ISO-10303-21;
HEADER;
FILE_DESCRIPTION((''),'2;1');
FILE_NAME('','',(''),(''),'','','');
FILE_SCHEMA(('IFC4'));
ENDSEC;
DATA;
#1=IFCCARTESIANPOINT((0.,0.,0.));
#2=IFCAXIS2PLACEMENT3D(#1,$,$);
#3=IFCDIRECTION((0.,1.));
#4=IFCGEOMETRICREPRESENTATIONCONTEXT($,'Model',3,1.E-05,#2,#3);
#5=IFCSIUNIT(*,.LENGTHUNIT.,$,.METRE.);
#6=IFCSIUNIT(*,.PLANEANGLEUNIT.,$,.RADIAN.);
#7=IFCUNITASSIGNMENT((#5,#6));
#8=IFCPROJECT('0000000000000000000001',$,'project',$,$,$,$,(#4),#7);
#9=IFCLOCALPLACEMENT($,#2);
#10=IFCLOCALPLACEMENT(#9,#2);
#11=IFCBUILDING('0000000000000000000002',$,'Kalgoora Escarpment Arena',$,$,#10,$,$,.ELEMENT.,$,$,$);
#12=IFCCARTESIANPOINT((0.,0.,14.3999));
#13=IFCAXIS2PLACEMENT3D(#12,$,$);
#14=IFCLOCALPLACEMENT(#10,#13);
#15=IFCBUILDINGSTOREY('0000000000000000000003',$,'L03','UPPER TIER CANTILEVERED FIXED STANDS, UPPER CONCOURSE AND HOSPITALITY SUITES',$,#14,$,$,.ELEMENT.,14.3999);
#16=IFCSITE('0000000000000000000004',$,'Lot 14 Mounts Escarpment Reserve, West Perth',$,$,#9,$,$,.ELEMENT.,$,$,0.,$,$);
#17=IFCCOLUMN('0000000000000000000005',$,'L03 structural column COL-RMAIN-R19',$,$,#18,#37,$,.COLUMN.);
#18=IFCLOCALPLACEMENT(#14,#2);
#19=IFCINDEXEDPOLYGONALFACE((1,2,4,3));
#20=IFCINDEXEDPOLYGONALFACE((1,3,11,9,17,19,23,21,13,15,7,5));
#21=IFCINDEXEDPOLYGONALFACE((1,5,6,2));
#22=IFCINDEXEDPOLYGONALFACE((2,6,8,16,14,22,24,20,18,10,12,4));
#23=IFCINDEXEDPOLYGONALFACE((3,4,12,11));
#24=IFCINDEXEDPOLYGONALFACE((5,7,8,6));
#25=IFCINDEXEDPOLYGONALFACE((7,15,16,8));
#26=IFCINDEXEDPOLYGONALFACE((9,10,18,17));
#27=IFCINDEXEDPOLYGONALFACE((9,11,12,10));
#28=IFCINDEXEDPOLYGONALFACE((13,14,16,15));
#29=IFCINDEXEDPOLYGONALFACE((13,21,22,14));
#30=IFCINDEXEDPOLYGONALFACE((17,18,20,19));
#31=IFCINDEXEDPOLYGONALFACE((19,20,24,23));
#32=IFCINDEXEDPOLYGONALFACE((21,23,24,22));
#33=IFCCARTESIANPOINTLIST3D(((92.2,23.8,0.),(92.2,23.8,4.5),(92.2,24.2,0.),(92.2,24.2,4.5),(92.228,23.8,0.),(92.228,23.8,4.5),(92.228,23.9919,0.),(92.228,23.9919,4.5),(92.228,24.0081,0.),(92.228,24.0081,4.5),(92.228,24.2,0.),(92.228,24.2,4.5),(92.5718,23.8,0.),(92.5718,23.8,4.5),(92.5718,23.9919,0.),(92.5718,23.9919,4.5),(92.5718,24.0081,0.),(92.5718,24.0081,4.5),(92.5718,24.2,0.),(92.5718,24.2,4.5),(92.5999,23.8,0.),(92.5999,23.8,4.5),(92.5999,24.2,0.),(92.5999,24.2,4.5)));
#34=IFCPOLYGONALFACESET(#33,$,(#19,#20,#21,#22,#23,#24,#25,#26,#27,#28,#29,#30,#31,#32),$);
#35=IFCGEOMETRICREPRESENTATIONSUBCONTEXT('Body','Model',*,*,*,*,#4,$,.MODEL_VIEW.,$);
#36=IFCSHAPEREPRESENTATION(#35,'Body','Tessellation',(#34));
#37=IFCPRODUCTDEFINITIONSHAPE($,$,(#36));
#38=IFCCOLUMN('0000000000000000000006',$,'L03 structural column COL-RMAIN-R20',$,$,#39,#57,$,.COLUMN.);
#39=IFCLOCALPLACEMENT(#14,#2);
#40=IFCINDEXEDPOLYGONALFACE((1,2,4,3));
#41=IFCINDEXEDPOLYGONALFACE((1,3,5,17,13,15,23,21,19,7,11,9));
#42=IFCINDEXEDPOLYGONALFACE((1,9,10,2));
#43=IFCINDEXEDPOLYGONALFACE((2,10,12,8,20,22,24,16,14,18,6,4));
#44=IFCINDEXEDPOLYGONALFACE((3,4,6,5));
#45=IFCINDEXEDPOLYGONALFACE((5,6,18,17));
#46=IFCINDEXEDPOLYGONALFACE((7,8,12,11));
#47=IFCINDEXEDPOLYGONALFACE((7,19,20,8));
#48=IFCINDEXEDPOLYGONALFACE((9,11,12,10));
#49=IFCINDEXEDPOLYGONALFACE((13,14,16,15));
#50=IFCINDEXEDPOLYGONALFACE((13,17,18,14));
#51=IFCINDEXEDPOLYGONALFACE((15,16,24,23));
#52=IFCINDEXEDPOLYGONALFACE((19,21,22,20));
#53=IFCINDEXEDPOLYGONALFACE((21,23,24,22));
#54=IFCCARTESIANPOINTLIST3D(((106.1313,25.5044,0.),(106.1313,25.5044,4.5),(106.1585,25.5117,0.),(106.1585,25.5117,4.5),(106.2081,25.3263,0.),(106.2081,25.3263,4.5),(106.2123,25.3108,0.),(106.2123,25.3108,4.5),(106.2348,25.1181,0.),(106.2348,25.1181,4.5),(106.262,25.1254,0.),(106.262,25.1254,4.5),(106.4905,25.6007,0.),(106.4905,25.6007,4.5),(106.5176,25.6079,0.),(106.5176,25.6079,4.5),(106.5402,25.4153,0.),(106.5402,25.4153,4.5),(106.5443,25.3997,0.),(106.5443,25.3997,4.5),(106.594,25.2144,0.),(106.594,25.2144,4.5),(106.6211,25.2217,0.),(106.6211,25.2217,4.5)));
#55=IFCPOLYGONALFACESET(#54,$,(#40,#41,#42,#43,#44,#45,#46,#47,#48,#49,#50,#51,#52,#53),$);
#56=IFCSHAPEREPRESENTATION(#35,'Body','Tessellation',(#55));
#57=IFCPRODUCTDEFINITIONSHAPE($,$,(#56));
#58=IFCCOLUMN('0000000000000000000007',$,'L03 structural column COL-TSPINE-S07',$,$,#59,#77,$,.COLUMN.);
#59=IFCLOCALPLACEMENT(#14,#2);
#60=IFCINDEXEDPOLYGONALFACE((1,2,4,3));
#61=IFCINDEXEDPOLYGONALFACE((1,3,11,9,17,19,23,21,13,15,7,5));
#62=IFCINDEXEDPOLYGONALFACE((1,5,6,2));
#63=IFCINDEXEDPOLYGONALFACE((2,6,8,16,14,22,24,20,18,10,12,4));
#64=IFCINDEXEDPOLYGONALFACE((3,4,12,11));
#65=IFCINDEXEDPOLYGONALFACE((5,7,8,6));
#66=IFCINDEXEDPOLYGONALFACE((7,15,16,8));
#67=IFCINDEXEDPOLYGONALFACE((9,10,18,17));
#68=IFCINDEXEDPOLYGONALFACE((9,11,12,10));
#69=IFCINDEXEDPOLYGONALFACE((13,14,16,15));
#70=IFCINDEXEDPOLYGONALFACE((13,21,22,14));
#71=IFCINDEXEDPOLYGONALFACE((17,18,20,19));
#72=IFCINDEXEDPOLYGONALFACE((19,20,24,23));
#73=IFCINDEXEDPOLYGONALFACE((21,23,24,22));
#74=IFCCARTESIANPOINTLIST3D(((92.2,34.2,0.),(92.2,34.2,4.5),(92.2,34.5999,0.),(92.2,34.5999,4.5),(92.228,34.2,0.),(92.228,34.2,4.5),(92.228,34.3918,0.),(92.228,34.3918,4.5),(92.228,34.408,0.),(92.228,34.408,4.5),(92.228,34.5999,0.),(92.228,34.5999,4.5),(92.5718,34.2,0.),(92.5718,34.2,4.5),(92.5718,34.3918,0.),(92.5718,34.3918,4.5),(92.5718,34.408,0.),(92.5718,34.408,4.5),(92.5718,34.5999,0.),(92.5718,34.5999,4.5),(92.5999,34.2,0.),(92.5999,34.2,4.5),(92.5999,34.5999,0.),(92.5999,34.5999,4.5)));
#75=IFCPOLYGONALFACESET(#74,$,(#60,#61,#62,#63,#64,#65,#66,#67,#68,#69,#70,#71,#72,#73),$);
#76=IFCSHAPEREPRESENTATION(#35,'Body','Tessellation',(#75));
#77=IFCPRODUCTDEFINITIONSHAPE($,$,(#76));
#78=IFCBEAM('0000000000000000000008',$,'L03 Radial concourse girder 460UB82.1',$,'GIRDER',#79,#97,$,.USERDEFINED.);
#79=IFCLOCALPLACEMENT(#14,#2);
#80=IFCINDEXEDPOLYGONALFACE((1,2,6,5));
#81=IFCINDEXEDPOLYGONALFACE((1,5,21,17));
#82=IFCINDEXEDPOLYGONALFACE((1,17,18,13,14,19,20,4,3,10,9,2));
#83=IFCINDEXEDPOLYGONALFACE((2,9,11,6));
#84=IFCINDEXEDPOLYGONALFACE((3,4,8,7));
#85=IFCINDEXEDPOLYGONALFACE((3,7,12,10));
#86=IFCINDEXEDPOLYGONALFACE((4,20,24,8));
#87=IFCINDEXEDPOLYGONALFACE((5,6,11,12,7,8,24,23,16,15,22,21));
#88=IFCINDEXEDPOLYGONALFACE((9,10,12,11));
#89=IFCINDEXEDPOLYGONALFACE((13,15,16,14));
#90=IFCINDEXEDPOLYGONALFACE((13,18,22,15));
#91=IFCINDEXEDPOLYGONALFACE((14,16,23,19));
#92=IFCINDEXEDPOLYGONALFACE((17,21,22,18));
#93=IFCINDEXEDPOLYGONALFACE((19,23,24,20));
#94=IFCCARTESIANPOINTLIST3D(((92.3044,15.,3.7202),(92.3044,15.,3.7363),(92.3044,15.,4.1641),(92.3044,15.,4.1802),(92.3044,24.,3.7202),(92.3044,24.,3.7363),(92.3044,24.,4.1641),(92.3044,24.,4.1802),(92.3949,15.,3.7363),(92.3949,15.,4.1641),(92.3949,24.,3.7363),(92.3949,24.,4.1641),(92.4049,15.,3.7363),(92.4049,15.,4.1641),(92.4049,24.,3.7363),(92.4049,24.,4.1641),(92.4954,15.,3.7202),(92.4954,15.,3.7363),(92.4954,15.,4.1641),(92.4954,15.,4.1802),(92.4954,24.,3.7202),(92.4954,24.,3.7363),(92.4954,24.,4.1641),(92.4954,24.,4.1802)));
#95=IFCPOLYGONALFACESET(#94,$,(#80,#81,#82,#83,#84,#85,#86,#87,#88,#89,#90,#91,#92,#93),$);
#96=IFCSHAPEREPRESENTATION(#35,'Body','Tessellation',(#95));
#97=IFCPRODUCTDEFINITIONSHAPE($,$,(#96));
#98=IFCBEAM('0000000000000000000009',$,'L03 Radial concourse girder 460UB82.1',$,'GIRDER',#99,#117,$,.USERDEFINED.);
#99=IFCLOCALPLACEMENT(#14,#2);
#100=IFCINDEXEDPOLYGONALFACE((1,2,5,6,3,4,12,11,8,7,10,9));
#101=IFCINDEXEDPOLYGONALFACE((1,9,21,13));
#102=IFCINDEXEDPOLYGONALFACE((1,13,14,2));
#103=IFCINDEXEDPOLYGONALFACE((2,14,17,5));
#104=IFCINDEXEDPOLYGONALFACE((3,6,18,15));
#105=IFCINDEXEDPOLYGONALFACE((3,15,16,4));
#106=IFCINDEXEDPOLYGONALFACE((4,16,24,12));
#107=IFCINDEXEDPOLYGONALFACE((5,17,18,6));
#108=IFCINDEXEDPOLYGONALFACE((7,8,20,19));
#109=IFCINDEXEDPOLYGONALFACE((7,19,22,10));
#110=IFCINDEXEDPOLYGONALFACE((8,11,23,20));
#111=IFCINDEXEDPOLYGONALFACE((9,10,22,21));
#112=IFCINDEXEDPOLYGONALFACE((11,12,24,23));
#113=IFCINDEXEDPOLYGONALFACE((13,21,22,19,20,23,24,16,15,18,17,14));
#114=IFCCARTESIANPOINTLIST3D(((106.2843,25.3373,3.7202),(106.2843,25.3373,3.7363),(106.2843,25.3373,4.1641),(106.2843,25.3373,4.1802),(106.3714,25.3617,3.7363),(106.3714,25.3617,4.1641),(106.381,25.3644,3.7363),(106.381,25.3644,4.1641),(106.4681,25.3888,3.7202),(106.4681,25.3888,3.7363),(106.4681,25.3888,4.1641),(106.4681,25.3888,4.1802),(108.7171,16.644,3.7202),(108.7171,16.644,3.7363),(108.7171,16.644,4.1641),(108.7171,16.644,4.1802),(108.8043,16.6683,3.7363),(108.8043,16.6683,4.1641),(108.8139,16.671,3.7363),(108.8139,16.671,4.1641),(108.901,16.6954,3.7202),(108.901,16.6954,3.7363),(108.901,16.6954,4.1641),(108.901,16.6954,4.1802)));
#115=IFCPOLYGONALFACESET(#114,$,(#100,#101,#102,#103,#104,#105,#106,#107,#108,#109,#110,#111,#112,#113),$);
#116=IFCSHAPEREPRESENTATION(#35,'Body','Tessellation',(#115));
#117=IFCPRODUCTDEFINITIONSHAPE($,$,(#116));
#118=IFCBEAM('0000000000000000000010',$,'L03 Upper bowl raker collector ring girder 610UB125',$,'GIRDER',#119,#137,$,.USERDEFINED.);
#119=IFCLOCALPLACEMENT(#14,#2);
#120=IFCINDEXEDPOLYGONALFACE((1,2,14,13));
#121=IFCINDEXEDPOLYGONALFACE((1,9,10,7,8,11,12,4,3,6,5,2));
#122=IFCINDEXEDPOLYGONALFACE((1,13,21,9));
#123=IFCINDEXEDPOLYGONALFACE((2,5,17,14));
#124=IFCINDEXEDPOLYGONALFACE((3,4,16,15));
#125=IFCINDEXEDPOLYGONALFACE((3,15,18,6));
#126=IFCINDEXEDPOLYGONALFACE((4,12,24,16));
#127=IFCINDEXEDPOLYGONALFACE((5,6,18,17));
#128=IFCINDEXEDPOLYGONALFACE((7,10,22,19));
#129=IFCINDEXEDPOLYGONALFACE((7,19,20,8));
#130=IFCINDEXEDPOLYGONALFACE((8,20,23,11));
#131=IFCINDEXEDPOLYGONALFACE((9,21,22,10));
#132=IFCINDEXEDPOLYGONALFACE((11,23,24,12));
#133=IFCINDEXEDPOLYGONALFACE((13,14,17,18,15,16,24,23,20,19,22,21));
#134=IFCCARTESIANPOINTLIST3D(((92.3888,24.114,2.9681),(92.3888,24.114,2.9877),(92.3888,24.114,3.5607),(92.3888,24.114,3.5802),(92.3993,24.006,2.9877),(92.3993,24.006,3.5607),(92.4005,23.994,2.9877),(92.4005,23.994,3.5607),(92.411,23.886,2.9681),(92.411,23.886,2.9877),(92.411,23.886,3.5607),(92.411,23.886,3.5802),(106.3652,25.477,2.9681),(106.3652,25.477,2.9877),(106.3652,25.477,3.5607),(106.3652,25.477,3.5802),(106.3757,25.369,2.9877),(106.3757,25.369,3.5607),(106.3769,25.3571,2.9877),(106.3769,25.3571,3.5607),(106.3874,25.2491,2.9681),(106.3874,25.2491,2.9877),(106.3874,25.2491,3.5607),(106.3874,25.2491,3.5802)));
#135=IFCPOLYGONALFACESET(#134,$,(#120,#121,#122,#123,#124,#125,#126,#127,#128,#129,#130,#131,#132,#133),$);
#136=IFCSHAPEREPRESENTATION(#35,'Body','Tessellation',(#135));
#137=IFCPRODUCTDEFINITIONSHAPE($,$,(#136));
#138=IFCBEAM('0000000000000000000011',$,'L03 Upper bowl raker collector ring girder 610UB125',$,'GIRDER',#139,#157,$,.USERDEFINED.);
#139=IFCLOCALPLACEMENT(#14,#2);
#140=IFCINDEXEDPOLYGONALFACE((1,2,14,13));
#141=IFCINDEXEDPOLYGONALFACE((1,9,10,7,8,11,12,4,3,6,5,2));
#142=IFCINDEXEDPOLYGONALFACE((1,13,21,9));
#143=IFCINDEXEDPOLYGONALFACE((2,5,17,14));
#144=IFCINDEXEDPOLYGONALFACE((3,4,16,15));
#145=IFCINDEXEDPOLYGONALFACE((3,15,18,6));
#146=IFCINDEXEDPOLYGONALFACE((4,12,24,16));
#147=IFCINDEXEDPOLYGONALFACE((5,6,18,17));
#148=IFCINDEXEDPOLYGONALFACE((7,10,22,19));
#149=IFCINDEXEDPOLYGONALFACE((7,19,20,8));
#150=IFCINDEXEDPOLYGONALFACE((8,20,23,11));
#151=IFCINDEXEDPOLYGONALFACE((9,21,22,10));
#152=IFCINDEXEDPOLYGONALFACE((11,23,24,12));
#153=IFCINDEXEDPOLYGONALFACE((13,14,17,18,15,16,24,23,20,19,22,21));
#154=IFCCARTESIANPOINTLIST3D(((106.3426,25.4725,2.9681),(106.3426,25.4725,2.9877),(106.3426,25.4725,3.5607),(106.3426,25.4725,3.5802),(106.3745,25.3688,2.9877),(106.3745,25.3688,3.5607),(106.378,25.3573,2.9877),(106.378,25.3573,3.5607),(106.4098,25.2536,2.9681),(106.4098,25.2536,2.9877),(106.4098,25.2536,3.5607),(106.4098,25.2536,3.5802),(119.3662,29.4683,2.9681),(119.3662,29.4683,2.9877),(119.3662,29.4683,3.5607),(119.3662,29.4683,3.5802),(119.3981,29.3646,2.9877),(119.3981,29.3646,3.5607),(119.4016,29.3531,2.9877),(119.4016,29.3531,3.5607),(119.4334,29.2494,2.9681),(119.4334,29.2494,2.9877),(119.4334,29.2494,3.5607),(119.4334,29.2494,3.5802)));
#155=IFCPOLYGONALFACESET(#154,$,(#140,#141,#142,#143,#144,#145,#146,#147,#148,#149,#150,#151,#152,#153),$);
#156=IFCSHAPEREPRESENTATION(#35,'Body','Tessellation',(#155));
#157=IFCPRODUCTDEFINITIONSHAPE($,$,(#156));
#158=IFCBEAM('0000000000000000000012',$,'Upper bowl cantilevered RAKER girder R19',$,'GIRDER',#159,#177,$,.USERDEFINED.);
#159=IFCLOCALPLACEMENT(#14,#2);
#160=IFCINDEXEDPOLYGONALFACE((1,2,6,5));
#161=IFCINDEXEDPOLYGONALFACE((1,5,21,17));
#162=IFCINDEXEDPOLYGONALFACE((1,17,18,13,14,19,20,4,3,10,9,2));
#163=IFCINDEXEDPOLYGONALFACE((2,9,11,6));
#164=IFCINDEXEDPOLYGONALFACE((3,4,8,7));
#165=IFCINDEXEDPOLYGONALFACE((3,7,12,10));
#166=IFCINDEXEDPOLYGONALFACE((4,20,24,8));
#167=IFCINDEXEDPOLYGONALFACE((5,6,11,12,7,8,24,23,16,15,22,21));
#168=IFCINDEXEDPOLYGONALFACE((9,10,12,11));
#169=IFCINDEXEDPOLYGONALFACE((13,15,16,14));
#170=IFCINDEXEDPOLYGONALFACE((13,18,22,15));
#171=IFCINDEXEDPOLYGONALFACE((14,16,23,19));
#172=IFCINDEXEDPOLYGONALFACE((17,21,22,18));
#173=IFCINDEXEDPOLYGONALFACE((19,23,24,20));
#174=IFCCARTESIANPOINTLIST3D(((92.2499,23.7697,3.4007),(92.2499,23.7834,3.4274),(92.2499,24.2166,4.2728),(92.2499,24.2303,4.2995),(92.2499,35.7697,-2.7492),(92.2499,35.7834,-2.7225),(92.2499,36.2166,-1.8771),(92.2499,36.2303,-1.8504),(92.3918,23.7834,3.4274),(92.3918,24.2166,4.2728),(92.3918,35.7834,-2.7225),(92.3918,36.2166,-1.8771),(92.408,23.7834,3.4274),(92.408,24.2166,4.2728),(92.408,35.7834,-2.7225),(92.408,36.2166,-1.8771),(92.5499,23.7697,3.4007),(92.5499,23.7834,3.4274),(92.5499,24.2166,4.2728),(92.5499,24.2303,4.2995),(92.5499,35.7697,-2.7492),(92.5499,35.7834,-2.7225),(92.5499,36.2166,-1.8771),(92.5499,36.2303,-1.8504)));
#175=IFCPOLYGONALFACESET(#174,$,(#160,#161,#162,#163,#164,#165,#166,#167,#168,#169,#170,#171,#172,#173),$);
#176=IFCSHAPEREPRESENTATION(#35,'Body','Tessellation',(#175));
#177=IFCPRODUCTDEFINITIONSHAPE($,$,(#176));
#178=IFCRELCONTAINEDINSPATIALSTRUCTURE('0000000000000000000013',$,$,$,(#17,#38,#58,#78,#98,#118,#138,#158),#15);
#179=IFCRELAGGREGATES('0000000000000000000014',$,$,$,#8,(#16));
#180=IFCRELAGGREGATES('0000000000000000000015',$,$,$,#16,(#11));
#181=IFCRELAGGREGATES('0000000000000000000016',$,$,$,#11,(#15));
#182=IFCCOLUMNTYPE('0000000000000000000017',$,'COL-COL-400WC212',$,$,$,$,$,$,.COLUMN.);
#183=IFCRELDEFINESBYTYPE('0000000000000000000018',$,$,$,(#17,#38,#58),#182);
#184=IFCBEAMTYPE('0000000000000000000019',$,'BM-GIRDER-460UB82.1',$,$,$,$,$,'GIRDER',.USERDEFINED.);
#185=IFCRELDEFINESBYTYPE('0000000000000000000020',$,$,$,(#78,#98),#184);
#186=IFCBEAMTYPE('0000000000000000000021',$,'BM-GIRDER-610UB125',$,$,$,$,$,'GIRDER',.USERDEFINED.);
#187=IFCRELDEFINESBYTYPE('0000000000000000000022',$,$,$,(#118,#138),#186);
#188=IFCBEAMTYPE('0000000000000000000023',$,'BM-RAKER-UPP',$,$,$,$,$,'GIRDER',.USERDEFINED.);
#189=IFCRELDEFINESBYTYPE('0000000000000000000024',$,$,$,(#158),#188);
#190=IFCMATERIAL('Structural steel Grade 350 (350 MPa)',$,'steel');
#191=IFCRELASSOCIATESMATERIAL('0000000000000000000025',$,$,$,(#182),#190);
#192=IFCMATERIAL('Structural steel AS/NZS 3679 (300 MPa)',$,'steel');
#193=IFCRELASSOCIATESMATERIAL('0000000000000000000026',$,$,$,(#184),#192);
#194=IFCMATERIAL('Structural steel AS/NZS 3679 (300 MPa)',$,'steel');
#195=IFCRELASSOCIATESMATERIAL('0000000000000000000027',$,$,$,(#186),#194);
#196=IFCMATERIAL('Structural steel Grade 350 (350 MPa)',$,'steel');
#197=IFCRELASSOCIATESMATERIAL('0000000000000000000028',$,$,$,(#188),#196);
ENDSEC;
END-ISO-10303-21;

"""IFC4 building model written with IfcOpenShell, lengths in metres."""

from ifc_helpers import new_model, si_unit, direction, frame, origin, origin_2d, place, context, subcontext, project, spatial, i_section, extrude, material, material_profile, profile_set, type_object, element, save


model = new_model("IFC4")

# Units and contexts
model_context = context("Model", 3, precision=1e-05, world=origin(), true_north=direction((0.0, 1.0)))
body_context = subcontext(model_context, "Body", "Model", "MODEL_VIEW")
ifc_project = project(units=[si_unit("LENGTHUNIT", "METRE"), si_unit("PLANEANGLEUNIT", "RADIAN")], contexts=[model_context])

# Site, building, storey
site_placement = place(None, origin())
site = spatial("IfcSite", under=ifc_project, at=site_placement, Name="Lot 14 Mounts Escarpment Reserve, West Perth", CompositionType="ELEMENT", RefElevation=0.0)
building_placement = place(site_placement, origin())
building = spatial("IfcBuilding", under=site, at=building_placement, Name="Kalgoora Escarpment Arena", CompositionType="ELEMENT")
storey_placement = place(building_placement, frame((0.0, 0.0, 14.3999)))
storey = spatial("IfcBuildingStorey", under=building, at=storey_placement, Name="L03", Description="UPPER TIER CANTILEVERED FIXED STANDS, UPPER CONCOURSE AND HOSPITALITY SUITES", CompositionType="ELEMENT", Elevation=14.3999)

# Columns
ifc_material_1 = material(Name="Structural steel Grade 350 (350 MPa)", Category="steel")
ifc_material_profile_1 = material_profile(ifc_material_1, i_section(OverallWidth=0.3999, OverallDepth=0.3999, WebThickness=0.0161, FlangeThickness=0.0281, at=origin_2d()))
ifc_profile_set_1 = profile_set([ifc_material_profile_1], Name="Structural steel Grade 350 (350 MPa)")
column_type = type_object("IfcColumnType", Name="COL-COL-400WC212", PredefinedType="COLUMN", material=ifc_profile_set_1)
for number, where, z_axis, x_axis, name in (
    (1, (92.3999, 24.0, 0.0), (0.0, 0.0, 1.0), (0.0, -1.0, 0.0), "L03 structural column COL-RMAIN-R19"),
    (2, (106.3762, 25.363, 0.0), (0.0, 0.0, 1.0), (0.258819, -0.965926, 0.0), "L03 structural column COL-RMAIN-R20"),
    (3, (92.3999, 34.3999, 0.0), (0.0, 0.0, 1.0), (0.0, -1.0, 0.0), "L03 structural column COL-TSPINE-S07"),
):
    element("IfcColumn", number, at=place(storey_placement, frame(where, z_axis=z_axis, x_axis=x_axis)), inside=storey, type_object=column_type, Name=name, PredefinedType="COLUMN", context=body_context, shape_type="SweptSolid", body=[
        extrude(i_section(OverallWidth=0.3999, OverallDepth=0.3999, WebThickness=0.0161, FlangeThickness=0.0281, at=origin_2d()), origin(), (0.0, 0.0, 1.0), 4.5),
    ])

# Beams
ifc_material_2 = material(Name="Structural steel AS/NZS 3679 (300 MPa)", Category="steel")
ifc_material_profile_2 = material_profile(ifc_material_2, i_section(OverallWidth=0.1909, OverallDepth=0.46, WebThickness=0.01, FlangeThickness=0.0161, at=origin_2d()))
ifc_profile_set_2 = profile_set([ifc_material_profile_2], Name="Structural steel AS/NZS 3679 (300 MPa)")
beam_type_1 = type_object("IfcBeamType", Name="BM-GIRDER-460UB82.1", ElementType="GIRDER", PredefinedType="USERDEFINED", material=ifc_profile_set_2)
beam_1_placement = place(storey_placement, frame((92.3999, 24.0, 3.9502), z_axis=(0.0, -1.0, 0.0), x_axis=(1.0, 0.0, 0.0)))
element("IfcBeam", 4, at=beam_1_placement, inside=storey, type_object=beam_type_1, Name="L03 Radial concourse girder 460UB82.1", ObjectType="GIRDER", PredefinedType="USERDEFINED", context=body_context, shape_type="SweptSolid", body=[
    extrude(i_section(OverallWidth=0.1909, OverallDepth=0.46, WebThickness=0.01, FlangeThickness=0.0161, at=origin_2d()), origin(), (0.0, 0.0, 1.0), 9.0),
])
beam_2_placement = place(storey_placement, frame((106.3762, 25.363, 3.9502), z_axis=(0.269499, -0.963001, 0.0), x_axis=(0.963001, 0.269499, 0.0)))
element("IfcBeam", 5, at=beam_2_placement, inside=storey, type_object=beam_type_1, Name="L03 Radial concourse girder 460UB82.1", ObjectType="GIRDER", PredefinedType="USERDEFINED", context=body_context, shape_type="SweptSolid", body=[
    extrude(i_section(OverallWidth=0.1909, OverallDepth=0.46, WebThickness=0.01, FlangeThickness=0.0161, at=origin_2d()), origin(), (0.0, 0.0, 1.0), 9.0273),
])
ifc_material_3 = material(Name="Structural steel AS/NZS 3679 (300 MPa)", Category="steel")
ifc_material_profile_3 = material_profile(ifc_material_3, i_section(OverallWidth=0.229, OverallDepth=0.6121, WebThickness=0.012, FlangeThickness=0.0195, at=origin_2d()))
ifc_profile_set_3 = profile_set([ifc_material_profile_3], Name="Structural steel AS/NZS 3679 (300 MPa)")
beam_type_2 = type_object("IfcBeamType", Name="BM-GIRDER-610UB125", ElementType="GIRDER", PredefinedType="USERDEFINED", material=ifc_profile_set_3)
beam_3_placement = place(storey_placement, frame((92.3999, 24.0, 3.2742), z_axis=(0.995278, 0.097064, 0.0), x_axis=(-0.097064, 0.995278, 0.0)))
element("IfcBeam", 6, at=beam_3_placement, inside=storey, type_object=beam_type_2, Name="L03 Upper bowl raker collector ring girder 610UB125", ObjectType="GIRDER", PredefinedType="USERDEFINED", context=body_context, shape_type="SweptSolid", body=[
    extrude(i_section(OverallWidth=0.229, OverallDepth=0.6121, WebThickness=0.012, FlangeThickness=0.0195, at=origin_2d()), origin(), (0.0, 0.0, 1.0), 14.0427),
])
beam_4_placement = place(storey_placement, frame((106.3762, 25.363, 3.2742), z_axis=(0.956015, 0.293319, 0.0), x_axis=(-0.293319, 0.956015, 0.0)))
element("IfcBeam", 7, at=beam_4_placement, inside=storey, type_object=beam_type_2, Name="L03 Upper bowl raker collector ring girder 610UB125", ObjectType="GIRDER", PredefinedType="USERDEFINED", context=body_context, shape_type="SweptSolid", body=[
    extrude(i_section(OverallWidth=0.229, OverallDepth=0.6121, WebThickness=0.012, FlangeThickness=0.0195, at=origin_2d()), origin(), (0.0, 0.0, 1.0), 13.6228),
])
ifc_material_4 = material(Name="Structural steel Grade 350 (350 MPa)", Category="steel")
ifc_material_profile_4 = material_profile(ifc_material_4, i_section(OverallWidth=0.3, OverallDepth=1.01, WebThickness=0.0161, FlangeThickness=0.03, at=origin_2d()))
ifc_profile_set_4 = profile_set([ifc_material_profile_4], Name="Structural steel Grade 350 (350 MPa)")
beam_type_3 = type_object("IfcBeamType", Name="BM-RAKER-UPP", ElementType="GIRDER", PredefinedType="USERDEFINED", material=ifc_profile_set_4)
beam_5_placement = place(storey_placement, frame((92.3999, 36.0, -2.2998), z_axis=(0.0, -0.889936, 0.456085), x_axis=(1.0, 0.0, 0.0)))
element("IfcBeam", 8, at=beam_5_placement, inside=storey, type_object=beam_type_3, Name="Upper bowl cantilevered RAKER girder R19", ObjectType="GIRDER", PredefinedType="USERDEFINED", context=body_context, shape_type="SweptSolid", body=[
    extrude(i_section(OverallWidth=0.3, OverallDepth=1.01, WebThickness=0.0161, FlangeThickness=0.03, at=origin_2d()), origin(), (0.0, 0.0, 1.0), 13.4841),
])

save(model, "model.ifc")
